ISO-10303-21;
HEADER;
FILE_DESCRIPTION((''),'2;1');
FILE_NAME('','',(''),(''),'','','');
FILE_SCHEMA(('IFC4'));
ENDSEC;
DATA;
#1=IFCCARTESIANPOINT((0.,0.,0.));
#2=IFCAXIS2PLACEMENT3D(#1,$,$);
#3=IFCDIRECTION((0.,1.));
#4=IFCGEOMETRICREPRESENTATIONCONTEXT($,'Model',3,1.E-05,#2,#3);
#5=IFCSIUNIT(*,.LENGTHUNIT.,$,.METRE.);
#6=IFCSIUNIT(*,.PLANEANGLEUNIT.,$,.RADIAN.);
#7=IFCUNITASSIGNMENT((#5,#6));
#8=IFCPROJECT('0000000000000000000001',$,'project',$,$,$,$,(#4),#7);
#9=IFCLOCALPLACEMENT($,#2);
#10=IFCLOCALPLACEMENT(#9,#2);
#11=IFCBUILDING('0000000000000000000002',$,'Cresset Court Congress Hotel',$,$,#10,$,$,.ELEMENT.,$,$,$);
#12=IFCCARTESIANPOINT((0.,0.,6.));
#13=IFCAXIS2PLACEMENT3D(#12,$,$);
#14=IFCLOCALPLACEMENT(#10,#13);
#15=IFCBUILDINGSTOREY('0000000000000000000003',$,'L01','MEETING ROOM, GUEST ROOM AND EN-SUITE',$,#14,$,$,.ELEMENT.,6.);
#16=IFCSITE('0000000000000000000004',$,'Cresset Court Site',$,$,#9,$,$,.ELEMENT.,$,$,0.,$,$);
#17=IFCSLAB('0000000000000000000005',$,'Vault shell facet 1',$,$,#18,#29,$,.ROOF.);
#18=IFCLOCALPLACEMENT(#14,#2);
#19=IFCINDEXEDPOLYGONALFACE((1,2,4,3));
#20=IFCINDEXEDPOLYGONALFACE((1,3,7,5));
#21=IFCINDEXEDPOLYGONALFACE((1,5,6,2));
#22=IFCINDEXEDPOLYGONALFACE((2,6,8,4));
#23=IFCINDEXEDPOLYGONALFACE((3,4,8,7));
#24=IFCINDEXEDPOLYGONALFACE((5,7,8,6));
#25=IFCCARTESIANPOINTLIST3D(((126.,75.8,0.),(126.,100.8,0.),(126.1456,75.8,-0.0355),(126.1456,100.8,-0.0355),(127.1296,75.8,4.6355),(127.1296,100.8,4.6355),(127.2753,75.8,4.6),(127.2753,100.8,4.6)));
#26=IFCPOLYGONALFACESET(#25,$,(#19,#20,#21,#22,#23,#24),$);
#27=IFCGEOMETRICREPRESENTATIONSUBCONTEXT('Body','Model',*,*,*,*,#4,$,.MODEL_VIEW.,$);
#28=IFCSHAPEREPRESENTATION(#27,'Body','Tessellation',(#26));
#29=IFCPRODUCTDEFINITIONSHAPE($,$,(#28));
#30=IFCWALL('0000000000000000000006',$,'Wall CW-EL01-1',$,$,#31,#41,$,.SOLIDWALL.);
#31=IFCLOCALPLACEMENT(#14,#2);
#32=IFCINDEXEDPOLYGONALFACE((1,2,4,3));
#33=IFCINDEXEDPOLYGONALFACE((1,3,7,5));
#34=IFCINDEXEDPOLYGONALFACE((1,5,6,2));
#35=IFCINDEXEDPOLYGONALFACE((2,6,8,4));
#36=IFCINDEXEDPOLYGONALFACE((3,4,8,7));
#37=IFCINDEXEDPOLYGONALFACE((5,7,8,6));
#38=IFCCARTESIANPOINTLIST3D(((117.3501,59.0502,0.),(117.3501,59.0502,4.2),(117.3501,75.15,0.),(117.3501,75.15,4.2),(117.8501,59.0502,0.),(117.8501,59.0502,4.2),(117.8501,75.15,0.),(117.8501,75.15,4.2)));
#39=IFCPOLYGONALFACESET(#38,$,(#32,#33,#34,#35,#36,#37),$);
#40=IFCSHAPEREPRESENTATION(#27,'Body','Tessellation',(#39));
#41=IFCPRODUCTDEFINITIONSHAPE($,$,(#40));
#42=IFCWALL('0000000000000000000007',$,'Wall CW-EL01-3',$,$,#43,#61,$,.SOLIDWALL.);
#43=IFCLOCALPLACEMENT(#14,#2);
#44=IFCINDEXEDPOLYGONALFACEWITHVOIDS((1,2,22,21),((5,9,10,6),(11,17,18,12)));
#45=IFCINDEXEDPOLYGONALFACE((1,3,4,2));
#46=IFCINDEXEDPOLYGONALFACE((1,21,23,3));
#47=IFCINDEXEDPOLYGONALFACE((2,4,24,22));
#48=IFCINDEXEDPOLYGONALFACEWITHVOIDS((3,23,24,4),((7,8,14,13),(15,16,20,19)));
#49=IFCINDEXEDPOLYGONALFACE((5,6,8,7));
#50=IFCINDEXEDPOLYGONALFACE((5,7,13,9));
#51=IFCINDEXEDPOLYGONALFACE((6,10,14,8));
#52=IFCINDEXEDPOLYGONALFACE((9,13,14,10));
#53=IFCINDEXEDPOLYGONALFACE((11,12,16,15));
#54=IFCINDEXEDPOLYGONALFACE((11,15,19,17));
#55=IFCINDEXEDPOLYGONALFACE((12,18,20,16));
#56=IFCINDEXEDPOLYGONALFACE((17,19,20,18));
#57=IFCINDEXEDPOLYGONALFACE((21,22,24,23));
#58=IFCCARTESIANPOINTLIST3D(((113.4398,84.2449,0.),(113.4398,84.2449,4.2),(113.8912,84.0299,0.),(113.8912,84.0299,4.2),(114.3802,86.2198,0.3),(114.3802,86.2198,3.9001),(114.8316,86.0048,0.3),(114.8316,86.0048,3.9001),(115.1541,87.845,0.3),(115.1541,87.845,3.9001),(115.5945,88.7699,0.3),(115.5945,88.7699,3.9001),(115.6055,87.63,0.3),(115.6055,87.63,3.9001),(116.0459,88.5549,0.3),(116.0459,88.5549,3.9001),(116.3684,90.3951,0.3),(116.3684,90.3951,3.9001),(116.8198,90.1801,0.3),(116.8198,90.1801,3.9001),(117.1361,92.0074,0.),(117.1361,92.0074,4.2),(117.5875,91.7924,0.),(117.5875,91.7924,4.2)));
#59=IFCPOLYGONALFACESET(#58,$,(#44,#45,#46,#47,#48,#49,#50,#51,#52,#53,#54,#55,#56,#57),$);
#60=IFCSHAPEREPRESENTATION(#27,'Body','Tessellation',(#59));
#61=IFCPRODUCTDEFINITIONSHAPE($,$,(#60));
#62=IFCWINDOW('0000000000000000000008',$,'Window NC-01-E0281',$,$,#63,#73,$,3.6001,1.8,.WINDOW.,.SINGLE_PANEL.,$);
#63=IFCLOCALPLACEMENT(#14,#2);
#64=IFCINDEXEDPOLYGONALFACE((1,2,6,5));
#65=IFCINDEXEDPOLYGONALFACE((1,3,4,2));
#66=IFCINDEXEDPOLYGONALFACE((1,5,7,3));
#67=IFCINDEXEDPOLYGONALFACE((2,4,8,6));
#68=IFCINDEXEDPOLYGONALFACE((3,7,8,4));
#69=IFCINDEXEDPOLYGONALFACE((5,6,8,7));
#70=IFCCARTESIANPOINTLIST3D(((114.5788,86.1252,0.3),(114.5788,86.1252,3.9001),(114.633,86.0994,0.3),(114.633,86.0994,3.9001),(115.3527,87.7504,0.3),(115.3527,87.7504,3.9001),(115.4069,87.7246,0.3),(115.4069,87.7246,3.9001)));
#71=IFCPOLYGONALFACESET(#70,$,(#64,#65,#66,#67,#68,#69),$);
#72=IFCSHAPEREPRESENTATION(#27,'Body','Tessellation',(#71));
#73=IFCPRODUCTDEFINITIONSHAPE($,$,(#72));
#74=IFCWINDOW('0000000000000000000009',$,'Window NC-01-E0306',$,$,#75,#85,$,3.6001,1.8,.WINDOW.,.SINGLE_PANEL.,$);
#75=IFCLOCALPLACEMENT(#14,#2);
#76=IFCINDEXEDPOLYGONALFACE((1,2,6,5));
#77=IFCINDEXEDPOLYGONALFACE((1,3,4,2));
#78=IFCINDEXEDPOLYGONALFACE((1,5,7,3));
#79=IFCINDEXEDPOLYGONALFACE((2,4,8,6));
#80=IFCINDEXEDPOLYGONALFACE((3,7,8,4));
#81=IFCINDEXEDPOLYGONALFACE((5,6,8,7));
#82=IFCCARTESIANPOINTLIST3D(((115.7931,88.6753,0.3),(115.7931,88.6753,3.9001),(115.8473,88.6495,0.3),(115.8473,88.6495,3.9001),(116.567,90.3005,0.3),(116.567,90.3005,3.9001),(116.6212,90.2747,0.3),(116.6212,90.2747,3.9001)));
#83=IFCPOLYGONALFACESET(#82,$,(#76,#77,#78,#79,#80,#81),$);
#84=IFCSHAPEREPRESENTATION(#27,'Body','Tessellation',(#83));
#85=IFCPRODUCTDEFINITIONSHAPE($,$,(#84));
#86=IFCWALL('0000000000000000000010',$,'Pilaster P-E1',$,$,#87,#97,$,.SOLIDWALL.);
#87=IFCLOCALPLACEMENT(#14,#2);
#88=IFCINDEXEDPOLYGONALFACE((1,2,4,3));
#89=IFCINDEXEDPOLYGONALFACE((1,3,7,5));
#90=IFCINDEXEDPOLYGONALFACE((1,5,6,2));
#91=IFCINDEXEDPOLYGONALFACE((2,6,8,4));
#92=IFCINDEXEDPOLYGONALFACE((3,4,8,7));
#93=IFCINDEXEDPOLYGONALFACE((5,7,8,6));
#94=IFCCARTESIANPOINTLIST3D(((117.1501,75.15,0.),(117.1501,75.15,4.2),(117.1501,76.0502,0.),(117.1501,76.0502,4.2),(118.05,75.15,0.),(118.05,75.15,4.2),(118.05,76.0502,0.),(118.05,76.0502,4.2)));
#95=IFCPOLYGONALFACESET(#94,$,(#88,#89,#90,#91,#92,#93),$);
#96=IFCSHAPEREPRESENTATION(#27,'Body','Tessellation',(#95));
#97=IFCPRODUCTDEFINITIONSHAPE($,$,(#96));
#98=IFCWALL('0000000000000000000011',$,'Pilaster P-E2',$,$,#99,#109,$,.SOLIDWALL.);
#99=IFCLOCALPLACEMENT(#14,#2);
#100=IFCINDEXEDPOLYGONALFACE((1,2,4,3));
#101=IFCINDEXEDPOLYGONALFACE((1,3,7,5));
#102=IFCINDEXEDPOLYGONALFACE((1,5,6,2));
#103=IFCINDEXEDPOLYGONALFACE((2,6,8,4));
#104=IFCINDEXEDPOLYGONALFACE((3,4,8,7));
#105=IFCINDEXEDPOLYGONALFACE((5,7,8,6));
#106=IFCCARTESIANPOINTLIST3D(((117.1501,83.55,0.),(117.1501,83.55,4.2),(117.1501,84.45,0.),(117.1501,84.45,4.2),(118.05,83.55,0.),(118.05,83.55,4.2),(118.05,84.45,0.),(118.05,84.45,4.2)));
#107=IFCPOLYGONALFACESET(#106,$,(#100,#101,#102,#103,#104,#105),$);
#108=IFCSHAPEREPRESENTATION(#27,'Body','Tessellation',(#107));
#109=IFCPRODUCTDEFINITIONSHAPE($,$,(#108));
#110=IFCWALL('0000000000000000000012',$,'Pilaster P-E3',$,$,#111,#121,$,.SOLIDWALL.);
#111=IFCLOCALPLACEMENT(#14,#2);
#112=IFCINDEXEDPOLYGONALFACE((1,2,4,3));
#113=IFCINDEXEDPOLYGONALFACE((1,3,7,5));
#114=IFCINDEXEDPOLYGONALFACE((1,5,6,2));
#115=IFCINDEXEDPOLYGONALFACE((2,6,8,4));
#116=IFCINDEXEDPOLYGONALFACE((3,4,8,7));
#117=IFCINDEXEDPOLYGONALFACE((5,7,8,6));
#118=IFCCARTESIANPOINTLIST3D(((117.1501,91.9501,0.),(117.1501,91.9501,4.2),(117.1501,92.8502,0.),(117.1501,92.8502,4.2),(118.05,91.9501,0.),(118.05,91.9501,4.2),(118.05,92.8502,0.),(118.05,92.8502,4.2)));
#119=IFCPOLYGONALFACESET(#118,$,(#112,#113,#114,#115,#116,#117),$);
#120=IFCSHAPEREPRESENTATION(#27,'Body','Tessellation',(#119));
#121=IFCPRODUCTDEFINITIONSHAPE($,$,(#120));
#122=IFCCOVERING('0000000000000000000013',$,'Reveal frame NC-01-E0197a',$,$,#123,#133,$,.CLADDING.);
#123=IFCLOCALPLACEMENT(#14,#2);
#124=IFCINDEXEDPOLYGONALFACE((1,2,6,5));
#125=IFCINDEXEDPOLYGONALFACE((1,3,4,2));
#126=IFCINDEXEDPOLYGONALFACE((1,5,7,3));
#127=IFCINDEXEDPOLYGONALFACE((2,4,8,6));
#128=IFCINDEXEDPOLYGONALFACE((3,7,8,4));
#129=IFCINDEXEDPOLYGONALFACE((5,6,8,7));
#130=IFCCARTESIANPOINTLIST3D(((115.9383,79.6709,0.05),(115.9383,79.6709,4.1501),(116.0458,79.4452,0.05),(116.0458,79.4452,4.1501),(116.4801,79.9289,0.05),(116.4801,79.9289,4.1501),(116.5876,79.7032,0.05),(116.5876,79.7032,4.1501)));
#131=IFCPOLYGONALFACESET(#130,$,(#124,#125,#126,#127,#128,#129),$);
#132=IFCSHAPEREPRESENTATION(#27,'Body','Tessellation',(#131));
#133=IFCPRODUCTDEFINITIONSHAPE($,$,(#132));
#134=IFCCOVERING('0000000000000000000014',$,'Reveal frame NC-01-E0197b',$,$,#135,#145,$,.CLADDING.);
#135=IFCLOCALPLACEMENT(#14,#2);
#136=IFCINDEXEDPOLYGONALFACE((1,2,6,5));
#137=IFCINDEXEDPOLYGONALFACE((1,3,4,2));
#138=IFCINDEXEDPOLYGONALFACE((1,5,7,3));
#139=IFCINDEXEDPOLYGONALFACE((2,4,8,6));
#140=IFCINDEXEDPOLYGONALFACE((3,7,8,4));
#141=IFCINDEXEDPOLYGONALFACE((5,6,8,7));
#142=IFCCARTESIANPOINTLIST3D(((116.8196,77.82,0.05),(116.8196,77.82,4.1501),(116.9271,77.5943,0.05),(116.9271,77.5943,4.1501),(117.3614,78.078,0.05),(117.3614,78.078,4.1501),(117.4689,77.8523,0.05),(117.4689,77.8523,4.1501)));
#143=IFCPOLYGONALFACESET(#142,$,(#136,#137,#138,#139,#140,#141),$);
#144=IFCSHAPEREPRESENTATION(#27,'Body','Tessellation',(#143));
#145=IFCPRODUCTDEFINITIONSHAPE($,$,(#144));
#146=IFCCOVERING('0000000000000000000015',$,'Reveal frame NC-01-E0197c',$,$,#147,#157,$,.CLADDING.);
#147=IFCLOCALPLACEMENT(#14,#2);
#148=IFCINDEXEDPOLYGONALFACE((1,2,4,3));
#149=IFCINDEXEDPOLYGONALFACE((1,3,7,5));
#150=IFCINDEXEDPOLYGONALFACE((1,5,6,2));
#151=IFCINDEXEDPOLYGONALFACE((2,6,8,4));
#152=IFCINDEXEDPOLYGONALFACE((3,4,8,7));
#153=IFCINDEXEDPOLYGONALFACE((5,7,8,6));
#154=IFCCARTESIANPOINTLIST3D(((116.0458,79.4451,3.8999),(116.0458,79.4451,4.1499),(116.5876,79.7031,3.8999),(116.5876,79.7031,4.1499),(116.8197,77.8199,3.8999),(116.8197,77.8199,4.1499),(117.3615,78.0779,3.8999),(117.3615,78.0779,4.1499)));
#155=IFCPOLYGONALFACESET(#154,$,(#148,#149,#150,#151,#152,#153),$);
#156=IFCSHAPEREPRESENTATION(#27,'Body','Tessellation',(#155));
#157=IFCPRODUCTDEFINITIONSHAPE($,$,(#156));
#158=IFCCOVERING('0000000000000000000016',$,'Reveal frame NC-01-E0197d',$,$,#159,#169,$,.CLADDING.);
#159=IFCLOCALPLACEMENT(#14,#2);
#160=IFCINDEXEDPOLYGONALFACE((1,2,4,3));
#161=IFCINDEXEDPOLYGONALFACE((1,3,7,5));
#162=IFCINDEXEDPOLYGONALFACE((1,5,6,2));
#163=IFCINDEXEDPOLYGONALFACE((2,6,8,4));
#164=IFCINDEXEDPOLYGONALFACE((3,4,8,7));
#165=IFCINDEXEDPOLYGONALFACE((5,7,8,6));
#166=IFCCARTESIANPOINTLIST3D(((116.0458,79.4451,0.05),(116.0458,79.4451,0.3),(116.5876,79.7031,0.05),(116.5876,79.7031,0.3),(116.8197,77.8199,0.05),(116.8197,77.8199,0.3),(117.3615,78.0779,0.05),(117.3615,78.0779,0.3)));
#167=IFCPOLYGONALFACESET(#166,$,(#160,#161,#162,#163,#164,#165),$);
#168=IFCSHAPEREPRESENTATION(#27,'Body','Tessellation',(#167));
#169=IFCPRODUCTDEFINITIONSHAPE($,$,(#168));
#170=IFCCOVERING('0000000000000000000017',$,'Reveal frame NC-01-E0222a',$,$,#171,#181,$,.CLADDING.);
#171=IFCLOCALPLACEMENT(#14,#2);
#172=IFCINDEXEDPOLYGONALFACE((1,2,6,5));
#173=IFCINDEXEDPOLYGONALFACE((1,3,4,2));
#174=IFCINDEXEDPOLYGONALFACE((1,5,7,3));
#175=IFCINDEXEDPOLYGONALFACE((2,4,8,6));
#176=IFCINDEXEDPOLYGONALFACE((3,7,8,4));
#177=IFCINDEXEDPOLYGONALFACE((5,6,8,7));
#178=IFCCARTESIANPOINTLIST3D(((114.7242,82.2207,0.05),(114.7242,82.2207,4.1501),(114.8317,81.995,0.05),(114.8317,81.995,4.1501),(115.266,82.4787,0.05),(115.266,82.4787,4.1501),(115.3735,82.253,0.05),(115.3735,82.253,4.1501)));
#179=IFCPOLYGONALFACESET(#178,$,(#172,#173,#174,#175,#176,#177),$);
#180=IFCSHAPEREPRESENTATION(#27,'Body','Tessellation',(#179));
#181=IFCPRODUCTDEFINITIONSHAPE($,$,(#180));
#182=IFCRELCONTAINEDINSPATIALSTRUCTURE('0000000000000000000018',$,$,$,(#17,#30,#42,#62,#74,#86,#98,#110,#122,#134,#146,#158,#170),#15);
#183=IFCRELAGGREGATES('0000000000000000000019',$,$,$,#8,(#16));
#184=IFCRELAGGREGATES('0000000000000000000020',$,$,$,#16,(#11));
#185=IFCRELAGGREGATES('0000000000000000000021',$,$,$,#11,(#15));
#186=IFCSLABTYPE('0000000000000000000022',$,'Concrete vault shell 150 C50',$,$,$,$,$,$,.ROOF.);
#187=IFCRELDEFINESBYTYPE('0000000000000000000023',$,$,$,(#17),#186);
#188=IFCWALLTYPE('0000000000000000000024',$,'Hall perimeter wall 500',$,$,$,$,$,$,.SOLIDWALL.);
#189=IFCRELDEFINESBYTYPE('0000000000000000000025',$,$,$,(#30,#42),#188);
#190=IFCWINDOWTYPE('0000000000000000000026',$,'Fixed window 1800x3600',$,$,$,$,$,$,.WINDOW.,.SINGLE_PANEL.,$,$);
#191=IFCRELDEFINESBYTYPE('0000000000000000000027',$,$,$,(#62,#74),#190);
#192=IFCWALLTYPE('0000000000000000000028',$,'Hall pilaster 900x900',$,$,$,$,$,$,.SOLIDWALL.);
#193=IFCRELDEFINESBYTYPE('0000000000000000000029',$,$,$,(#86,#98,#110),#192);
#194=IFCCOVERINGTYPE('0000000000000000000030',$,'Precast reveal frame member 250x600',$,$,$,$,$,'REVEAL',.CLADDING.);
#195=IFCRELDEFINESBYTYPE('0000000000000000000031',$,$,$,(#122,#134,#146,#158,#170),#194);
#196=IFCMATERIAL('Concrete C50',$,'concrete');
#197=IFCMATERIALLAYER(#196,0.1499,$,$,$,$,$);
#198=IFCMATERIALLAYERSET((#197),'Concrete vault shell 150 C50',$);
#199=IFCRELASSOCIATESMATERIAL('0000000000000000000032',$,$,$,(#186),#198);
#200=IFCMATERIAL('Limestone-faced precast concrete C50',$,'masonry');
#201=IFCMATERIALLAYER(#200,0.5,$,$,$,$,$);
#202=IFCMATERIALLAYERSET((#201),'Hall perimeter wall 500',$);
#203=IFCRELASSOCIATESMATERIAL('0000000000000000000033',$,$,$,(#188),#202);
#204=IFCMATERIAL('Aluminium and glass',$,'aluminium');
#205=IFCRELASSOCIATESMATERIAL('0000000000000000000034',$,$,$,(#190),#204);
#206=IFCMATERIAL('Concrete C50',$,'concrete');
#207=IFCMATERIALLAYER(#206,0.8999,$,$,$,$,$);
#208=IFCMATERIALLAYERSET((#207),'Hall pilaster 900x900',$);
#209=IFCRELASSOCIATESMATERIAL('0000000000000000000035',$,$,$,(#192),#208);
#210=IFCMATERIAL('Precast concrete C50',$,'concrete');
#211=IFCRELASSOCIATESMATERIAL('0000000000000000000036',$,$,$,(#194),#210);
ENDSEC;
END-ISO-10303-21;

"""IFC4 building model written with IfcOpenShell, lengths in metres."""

from ifc_helpers import new_model, si_unit, direction, frame, frame_2d, origin, origin_2d, place, context, subcontext, project, spatial, polyline, rectangle, outline, extrude, material, layer, layer_set, type_object, element, fill, save


model = new_model("IFC4")

# Units and contexts
model_context = context("Model", 3, precision=1e-05, world=origin(), true_north=direction((0.0, 1.0)))
body_context = subcontext(model_context, "Body", "Model", "MODEL_VIEW")
ifc_project = project(units=[si_unit("LENGTHUNIT", "METRE"), si_unit("PLANEANGLEUNIT", "RADIAN")], contexts=[model_context])

# Site, building, storey
site_placement = place(None, origin())
site = spatial("IfcSite", under=ifc_project, at=site_placement, Name="Cresset Court Site", CompositionType="ELEMENT", RefElevation=0.0)
building_placement = place(site_placement, origin())
building = spatial("IfcBuilding", under=site, at=building_placement, Name="Cresset Court Congress Hotel", CompositionType="ELEMENT")
storey_placement = place(building_placement, frame((0.0, 0.0, 6.0)))
storey = spatial("IfcBuildingStorey", under=building, at=storey_placement, Name="L01", Description="MEETING ROOM, GUEST ROOM AND EN-SUITE", CompositionType="ELEMENT", Elevation=6.0)

# Slab
ifc_material_1 = material(Name="Concrete C50", Category="concrete")
ifc_layer_1 = layer(ifc_material_1, 0.1499)
ifc_layer_set_1 = layer_set([ifc_layer_1], Name="Concrete vault shell 150 C50")
slab_type = type_object("IfcSlabType", Name="Concrete vault shell 150 C50", PredefinedType="ROOF", material=ifc_layer_set_1)
slab_placement = place(storey_placement, frame((126.0, 75.8, 0.0), z_axis=(-0.971567, 0.0, 0.236764), x_axis=(0.236764, 0.0, 0.971567)))
element("IfcSlab", 1, at=slab_placement, inside=storey, type_object=slab_type, Name="Vault shell facet 1", PredefinedType="ROOF", context=body_context, shape_type="SweptSolid", body=[
    extrude(outline(polyline([(0.0, 0.0), (4.7712, 0.0), (4.7712, 25.0), (0.0, 25.0), (0.0, 0.0)])), origin(), (0.0, 0.0, -1.0), 0.1499),
])

# Wall
ifc_material_2 = material(Name="Limestone-faced precast concrete C50", Category="masonry")
ifc_layer_2 = layer(ifc_material_2, 0.5)
ifc_layer_set_2 = layer_set([ifc_layer_2], Name="Hall perimeter wall 500")
wall_type_1 = type_object("IfcWallType", Name="Hall perimeter wall 500", PredefinedType="SOLIDWALL", material=ifc_layer_set_2)
wall_1_placement = place(storey_placement, frame((117.6001, 75.1499, 0.0), z_axis=(0.0, 0.0, 1.0), x_axis=(0.0, -1.0, 0.0)))
element("IfcWall", 2, at=wall_1_placement, inside=storey, type_object=wall_type_1, Name="Wall CW-EL01-1", PredefinedType="SOLIDWALL", context=body_context, shape_type="SweptSolid", body=[
    extrude(rectangle(XDim=16.0999, YDim=0.5, at=frame_2d((8.0498, 0.0))), origin(), (0.0, 0.0, 1.0), 4.2),
])

# Wall, openings, windows
wall_2_placement = place(storey_placement, frame((117.3618, 91.8999, 0.0), z_axis=(0.0, 0.0, 1.0), x_axis=(-0.429923, -0.902866, 0.0)))
wall_2 = element("IfcWall", 3, at=wall_2_placement, inside=storey, type_object=wall_type_1, Name="Wall CW-EL01-3", PredefinedType="SOLIDWALL", context=body_context, shape_type="SweptSolid", body=[
    extrude(rectangle(XDim=8.5977, YDim=0.5, at=frame_2d((4.2988, 0.0))), origin(), (0.0, 0.0, 1.0), 4.2),
])
opening_1_placement = place(wall_2_placement, frame((4.6104, 0.0, 0.3)))
opening_1 = element("IfcOpeningElement", 4, at=opening_1_placement, cuts=wall_2, PredefinedType="OPENING", context=body_context, shape_type="SweptSolid", body=[
    extrude(rectangle(XDim=1.8, YDim=3.6001, at=frame_2d((0.8999, 1.8))), frame((0.0, 0.26, 0.0), z_axis=(0.0, -1.0, 0.0), x_axis=(1.0, 0.0, 0.0)), (0.0, 0.0, 1.0), 0.52),
])
opening_2_placement = place(wall_2_placement, frame((1.7859, 0.0, 0.3)))
opening_2 = element("IfcOpeningElement", 5, at=opening_2_placement, cuts=wall_2, PredefinedType="OPENING", context=body_context, shape_type="SweptSolid", body=[
    extrude(rectangle(XDim=1.8, YDim=3.6001, at=frame_2d((0.8999, 1.8))), frame((0.0, 0.26, 0.0), z_axis=(0.0, -1.0, 0.0), x_axis=(1.0, 0.0, 0.0)), (0.0, 0.0, 1.0), 0.52),
])
ifc_material_3 = material(Name="Aluminium and glass", Category="aluminium")
window_type = type_object("IfcWindowType", Name="Fixed window 1800x3600", PartitioningType="SINGLE_PANEL", PredefinedType="WINDOW", material=ifc_material_3)
window_1_placement = place(opening_1_placement, origin())
window_1 = element("IfcWindow", 6, at=window_1_placement, inside=storey, type_object=window_type, Name="Window NC-01-E0281", OverallHeight=3.6001, OverallWidth=1.8, PartitioningType="SINGLE_PANEL", PredefinedType="WINDOW", context=body_context, shape_type="SweptSolid", body=[
    extrude(rectangle(XDim=1.8, YDim=3.6001, at=frame_2d((0.8999, 1.8))), frame((0.0, 0.03, 0.0), z_axis=(0.0, -1.0, 0.0), x_axis=(1.0, 0.0, 0.0)), (0.0, 0.0, 1.0), 0.0601),
])
fill(opening_1, window_1)
window_2_placement = place(opening_2_placement, origin())
window_2 = element("IfcWindow", 7, at=window_2_placement, inside=storey, type_object=window_type, Name="Window NC-01-E0306", OverallHeight=3.6001, OverallWidth=1.8, PartitioningType="SINGLE_PANEL", PredefinedType="WINDOW", context=body_context, shape_type="SweptSolid", body=[
    extrude(rectangle(XDim=1.8, YDim=3.6001, at=frame_2d((0.8999, 1.8))), frame((0.0, 0.03, 0.0), z_axis=(0.0, -1.0, 0.0), x_axis=(1.0, 0.0, 0.0)), (0.0, 0.0, 1.0), 0.0601),
])
fill(opening_2, window_2)

# Walls
ifc_material_4 = material(Name="Concrete C50", Category="concrete")
ifc_layer_3 = layer(ifc_material_4, 0.8999)
ifc_layer_set_3 = layer_set([ifc_layer_3], Name="Hall pilaster 900x900")
wall_type_2 = type_object("IfcWallType", Name="Hall pilaster 900x900", PredefinedType="SOLIDWALL", material=ifc_layer_set_3)
wall_3_placement = place(storey_placement, frame((117.6001, 75.1499, 0.0), z_axis=(0.0, 0.0, 1.0), x_axis=(0.0, 1.0, 0.0)))
element("IfcWall", 8, at=wall_3_placement, inside=storey, type_object=wall_type_2, Name="Pilaster P-E1", PredefinedType="SOLIDWALL", context=body_context, shape_type="SweptSolid", body=[
    extrude(rectangle(XDim=0.9001, YDim=0.8999, at=frame_2d((0.4502, 0.0))), origin(), (0.0, 0.0, 1.0), 4.2),
])
wall_4_placement = place(storey_placement, frame((117.6001, 83.55, 0.0), z_axis=(0.0, 0.0, 1.0), x_axis=(0.0, 1.0, 0.0)))
element("IfcWall", 9, at=wall_4_placement, inside=storey, type_object=wall_type_2, Name="Pilaster P-E2", PredefinedType="SOLIDWALL", context=body_context, shape_type="SweptSolid", body=[
    extrude(rectangle(XDim=0.8999, YDim=0.8999, at=frame_2d((0.45, 0.0))), origin(), (0.0, 0.0, 1.0), 4.2),
])
wall_5_placement = place(storey_placement, frame((117.6001, 91.95, 0.0), z_axis=(0.0, 0.0, 1.0), x_axis=(0.0, 1.0, 0.0)))
element("IfcWall", 10, at=wall_5_placement, inside=storey, type_object=wall_type_2, Name="Pilaster P-E3", PredefinedType="SOLIDWALL", context=body_context, shape_type="SweptSolid", body=[
    extrude(rectangle(XDim=0.9001, YDim=0.8999, at=frame_2d((0.4502, 0.0))), origin(), (0.0, 0.0, 1.0), 4.2),
])

# Coverings
ifc_material_5 = material(Name="Precast concrete C50", Category="concrete")
covering_type = type_object("IfcCoveringType", Name="Precast reveal frame member 250x600", ElementType="REVEAL", PredefinedType="CLADDING", material=ifc_material_5)
for number, where, z_axis, x_axis, name in (
    (11, (116.2629, 79.687, 0.05), (0.0, 0.0, 1.0), (0.429933, -0.902861, 0.0), "Reveal frame NC-01-E0197a"),
    (12, (117.1443, 77.8362, 0.05), (0.0, 0.0, 1.0), (0.429933, -0.902861, 0.0), "Reveal frame NC-01-E0197b"),
):
    element("IfcCovering", number, at=place(storey_placement, frame(where, z_axis=z_axis, x_axis=x_axis)), inside=storey, type_object=covering_type, Name=name, PredefinedType="CLADDING", context=body_context, shape_type="SweptSolid", body=[
        extrude(rectangle(XDim=0.25, YDim=0.6001, at=origin_2d()), origin(), (0.0, 0.0, 1.0), 4.1001),
    ])
for number, where, z_axis, x_axis, name in (
    (13, (116.7036, 78.7615, 3.8999), (0.0, 0.0, 1.0), (0.429933, -0.902861, 0.0), "Reveal frame NC-01-E0197c"),
    (14, (116.7036, 78.7615, 0.05), (0.0, 0.0, 1.0), (0.429933, -0.902861, 0.0), "Reveal frame NC-01-E0197d"),
):
    element("IfcCovering", number, at=place(storey_placement, frame(where, z_axis=z_axis, x_axis=x_axis)), inside=storey, type_object=covering_type, Name=name, PredefinedType="CLADDING", context=body_context, shape_type="SweptSolid", body=[
        extrude(rectangle(XDim=1.8, YDim=0.6001, at=origin_2d()), origin(), (0.0, 0.0, 1.0), 0.25),
    ])
for number, where, z_axis, x_axis, name in (
    (15, (115.0488, 82.2368, 0.05), (0.0, 0.0, 1.0), (0.429933, -0.902861, 0.0), "Reveal frame NC-01-E0222a"),
):
    element("IfcCovering", number, at=place(storey_placement, frame(where, z_axis=z_axis, x_axis=x_axis)), inside=storey, type_object=covering_type, Name=name, PredefinedType="CLADDING", context=body_context, shape_type="SweptSolid", body=[
        extrude(rectangle(XDim=0.25, YDim=0.6001, at=origin_2d()), origin(), (0.0, 0.0, 1.0), 4.1001),
    ])

save(model, "model.ifc")
